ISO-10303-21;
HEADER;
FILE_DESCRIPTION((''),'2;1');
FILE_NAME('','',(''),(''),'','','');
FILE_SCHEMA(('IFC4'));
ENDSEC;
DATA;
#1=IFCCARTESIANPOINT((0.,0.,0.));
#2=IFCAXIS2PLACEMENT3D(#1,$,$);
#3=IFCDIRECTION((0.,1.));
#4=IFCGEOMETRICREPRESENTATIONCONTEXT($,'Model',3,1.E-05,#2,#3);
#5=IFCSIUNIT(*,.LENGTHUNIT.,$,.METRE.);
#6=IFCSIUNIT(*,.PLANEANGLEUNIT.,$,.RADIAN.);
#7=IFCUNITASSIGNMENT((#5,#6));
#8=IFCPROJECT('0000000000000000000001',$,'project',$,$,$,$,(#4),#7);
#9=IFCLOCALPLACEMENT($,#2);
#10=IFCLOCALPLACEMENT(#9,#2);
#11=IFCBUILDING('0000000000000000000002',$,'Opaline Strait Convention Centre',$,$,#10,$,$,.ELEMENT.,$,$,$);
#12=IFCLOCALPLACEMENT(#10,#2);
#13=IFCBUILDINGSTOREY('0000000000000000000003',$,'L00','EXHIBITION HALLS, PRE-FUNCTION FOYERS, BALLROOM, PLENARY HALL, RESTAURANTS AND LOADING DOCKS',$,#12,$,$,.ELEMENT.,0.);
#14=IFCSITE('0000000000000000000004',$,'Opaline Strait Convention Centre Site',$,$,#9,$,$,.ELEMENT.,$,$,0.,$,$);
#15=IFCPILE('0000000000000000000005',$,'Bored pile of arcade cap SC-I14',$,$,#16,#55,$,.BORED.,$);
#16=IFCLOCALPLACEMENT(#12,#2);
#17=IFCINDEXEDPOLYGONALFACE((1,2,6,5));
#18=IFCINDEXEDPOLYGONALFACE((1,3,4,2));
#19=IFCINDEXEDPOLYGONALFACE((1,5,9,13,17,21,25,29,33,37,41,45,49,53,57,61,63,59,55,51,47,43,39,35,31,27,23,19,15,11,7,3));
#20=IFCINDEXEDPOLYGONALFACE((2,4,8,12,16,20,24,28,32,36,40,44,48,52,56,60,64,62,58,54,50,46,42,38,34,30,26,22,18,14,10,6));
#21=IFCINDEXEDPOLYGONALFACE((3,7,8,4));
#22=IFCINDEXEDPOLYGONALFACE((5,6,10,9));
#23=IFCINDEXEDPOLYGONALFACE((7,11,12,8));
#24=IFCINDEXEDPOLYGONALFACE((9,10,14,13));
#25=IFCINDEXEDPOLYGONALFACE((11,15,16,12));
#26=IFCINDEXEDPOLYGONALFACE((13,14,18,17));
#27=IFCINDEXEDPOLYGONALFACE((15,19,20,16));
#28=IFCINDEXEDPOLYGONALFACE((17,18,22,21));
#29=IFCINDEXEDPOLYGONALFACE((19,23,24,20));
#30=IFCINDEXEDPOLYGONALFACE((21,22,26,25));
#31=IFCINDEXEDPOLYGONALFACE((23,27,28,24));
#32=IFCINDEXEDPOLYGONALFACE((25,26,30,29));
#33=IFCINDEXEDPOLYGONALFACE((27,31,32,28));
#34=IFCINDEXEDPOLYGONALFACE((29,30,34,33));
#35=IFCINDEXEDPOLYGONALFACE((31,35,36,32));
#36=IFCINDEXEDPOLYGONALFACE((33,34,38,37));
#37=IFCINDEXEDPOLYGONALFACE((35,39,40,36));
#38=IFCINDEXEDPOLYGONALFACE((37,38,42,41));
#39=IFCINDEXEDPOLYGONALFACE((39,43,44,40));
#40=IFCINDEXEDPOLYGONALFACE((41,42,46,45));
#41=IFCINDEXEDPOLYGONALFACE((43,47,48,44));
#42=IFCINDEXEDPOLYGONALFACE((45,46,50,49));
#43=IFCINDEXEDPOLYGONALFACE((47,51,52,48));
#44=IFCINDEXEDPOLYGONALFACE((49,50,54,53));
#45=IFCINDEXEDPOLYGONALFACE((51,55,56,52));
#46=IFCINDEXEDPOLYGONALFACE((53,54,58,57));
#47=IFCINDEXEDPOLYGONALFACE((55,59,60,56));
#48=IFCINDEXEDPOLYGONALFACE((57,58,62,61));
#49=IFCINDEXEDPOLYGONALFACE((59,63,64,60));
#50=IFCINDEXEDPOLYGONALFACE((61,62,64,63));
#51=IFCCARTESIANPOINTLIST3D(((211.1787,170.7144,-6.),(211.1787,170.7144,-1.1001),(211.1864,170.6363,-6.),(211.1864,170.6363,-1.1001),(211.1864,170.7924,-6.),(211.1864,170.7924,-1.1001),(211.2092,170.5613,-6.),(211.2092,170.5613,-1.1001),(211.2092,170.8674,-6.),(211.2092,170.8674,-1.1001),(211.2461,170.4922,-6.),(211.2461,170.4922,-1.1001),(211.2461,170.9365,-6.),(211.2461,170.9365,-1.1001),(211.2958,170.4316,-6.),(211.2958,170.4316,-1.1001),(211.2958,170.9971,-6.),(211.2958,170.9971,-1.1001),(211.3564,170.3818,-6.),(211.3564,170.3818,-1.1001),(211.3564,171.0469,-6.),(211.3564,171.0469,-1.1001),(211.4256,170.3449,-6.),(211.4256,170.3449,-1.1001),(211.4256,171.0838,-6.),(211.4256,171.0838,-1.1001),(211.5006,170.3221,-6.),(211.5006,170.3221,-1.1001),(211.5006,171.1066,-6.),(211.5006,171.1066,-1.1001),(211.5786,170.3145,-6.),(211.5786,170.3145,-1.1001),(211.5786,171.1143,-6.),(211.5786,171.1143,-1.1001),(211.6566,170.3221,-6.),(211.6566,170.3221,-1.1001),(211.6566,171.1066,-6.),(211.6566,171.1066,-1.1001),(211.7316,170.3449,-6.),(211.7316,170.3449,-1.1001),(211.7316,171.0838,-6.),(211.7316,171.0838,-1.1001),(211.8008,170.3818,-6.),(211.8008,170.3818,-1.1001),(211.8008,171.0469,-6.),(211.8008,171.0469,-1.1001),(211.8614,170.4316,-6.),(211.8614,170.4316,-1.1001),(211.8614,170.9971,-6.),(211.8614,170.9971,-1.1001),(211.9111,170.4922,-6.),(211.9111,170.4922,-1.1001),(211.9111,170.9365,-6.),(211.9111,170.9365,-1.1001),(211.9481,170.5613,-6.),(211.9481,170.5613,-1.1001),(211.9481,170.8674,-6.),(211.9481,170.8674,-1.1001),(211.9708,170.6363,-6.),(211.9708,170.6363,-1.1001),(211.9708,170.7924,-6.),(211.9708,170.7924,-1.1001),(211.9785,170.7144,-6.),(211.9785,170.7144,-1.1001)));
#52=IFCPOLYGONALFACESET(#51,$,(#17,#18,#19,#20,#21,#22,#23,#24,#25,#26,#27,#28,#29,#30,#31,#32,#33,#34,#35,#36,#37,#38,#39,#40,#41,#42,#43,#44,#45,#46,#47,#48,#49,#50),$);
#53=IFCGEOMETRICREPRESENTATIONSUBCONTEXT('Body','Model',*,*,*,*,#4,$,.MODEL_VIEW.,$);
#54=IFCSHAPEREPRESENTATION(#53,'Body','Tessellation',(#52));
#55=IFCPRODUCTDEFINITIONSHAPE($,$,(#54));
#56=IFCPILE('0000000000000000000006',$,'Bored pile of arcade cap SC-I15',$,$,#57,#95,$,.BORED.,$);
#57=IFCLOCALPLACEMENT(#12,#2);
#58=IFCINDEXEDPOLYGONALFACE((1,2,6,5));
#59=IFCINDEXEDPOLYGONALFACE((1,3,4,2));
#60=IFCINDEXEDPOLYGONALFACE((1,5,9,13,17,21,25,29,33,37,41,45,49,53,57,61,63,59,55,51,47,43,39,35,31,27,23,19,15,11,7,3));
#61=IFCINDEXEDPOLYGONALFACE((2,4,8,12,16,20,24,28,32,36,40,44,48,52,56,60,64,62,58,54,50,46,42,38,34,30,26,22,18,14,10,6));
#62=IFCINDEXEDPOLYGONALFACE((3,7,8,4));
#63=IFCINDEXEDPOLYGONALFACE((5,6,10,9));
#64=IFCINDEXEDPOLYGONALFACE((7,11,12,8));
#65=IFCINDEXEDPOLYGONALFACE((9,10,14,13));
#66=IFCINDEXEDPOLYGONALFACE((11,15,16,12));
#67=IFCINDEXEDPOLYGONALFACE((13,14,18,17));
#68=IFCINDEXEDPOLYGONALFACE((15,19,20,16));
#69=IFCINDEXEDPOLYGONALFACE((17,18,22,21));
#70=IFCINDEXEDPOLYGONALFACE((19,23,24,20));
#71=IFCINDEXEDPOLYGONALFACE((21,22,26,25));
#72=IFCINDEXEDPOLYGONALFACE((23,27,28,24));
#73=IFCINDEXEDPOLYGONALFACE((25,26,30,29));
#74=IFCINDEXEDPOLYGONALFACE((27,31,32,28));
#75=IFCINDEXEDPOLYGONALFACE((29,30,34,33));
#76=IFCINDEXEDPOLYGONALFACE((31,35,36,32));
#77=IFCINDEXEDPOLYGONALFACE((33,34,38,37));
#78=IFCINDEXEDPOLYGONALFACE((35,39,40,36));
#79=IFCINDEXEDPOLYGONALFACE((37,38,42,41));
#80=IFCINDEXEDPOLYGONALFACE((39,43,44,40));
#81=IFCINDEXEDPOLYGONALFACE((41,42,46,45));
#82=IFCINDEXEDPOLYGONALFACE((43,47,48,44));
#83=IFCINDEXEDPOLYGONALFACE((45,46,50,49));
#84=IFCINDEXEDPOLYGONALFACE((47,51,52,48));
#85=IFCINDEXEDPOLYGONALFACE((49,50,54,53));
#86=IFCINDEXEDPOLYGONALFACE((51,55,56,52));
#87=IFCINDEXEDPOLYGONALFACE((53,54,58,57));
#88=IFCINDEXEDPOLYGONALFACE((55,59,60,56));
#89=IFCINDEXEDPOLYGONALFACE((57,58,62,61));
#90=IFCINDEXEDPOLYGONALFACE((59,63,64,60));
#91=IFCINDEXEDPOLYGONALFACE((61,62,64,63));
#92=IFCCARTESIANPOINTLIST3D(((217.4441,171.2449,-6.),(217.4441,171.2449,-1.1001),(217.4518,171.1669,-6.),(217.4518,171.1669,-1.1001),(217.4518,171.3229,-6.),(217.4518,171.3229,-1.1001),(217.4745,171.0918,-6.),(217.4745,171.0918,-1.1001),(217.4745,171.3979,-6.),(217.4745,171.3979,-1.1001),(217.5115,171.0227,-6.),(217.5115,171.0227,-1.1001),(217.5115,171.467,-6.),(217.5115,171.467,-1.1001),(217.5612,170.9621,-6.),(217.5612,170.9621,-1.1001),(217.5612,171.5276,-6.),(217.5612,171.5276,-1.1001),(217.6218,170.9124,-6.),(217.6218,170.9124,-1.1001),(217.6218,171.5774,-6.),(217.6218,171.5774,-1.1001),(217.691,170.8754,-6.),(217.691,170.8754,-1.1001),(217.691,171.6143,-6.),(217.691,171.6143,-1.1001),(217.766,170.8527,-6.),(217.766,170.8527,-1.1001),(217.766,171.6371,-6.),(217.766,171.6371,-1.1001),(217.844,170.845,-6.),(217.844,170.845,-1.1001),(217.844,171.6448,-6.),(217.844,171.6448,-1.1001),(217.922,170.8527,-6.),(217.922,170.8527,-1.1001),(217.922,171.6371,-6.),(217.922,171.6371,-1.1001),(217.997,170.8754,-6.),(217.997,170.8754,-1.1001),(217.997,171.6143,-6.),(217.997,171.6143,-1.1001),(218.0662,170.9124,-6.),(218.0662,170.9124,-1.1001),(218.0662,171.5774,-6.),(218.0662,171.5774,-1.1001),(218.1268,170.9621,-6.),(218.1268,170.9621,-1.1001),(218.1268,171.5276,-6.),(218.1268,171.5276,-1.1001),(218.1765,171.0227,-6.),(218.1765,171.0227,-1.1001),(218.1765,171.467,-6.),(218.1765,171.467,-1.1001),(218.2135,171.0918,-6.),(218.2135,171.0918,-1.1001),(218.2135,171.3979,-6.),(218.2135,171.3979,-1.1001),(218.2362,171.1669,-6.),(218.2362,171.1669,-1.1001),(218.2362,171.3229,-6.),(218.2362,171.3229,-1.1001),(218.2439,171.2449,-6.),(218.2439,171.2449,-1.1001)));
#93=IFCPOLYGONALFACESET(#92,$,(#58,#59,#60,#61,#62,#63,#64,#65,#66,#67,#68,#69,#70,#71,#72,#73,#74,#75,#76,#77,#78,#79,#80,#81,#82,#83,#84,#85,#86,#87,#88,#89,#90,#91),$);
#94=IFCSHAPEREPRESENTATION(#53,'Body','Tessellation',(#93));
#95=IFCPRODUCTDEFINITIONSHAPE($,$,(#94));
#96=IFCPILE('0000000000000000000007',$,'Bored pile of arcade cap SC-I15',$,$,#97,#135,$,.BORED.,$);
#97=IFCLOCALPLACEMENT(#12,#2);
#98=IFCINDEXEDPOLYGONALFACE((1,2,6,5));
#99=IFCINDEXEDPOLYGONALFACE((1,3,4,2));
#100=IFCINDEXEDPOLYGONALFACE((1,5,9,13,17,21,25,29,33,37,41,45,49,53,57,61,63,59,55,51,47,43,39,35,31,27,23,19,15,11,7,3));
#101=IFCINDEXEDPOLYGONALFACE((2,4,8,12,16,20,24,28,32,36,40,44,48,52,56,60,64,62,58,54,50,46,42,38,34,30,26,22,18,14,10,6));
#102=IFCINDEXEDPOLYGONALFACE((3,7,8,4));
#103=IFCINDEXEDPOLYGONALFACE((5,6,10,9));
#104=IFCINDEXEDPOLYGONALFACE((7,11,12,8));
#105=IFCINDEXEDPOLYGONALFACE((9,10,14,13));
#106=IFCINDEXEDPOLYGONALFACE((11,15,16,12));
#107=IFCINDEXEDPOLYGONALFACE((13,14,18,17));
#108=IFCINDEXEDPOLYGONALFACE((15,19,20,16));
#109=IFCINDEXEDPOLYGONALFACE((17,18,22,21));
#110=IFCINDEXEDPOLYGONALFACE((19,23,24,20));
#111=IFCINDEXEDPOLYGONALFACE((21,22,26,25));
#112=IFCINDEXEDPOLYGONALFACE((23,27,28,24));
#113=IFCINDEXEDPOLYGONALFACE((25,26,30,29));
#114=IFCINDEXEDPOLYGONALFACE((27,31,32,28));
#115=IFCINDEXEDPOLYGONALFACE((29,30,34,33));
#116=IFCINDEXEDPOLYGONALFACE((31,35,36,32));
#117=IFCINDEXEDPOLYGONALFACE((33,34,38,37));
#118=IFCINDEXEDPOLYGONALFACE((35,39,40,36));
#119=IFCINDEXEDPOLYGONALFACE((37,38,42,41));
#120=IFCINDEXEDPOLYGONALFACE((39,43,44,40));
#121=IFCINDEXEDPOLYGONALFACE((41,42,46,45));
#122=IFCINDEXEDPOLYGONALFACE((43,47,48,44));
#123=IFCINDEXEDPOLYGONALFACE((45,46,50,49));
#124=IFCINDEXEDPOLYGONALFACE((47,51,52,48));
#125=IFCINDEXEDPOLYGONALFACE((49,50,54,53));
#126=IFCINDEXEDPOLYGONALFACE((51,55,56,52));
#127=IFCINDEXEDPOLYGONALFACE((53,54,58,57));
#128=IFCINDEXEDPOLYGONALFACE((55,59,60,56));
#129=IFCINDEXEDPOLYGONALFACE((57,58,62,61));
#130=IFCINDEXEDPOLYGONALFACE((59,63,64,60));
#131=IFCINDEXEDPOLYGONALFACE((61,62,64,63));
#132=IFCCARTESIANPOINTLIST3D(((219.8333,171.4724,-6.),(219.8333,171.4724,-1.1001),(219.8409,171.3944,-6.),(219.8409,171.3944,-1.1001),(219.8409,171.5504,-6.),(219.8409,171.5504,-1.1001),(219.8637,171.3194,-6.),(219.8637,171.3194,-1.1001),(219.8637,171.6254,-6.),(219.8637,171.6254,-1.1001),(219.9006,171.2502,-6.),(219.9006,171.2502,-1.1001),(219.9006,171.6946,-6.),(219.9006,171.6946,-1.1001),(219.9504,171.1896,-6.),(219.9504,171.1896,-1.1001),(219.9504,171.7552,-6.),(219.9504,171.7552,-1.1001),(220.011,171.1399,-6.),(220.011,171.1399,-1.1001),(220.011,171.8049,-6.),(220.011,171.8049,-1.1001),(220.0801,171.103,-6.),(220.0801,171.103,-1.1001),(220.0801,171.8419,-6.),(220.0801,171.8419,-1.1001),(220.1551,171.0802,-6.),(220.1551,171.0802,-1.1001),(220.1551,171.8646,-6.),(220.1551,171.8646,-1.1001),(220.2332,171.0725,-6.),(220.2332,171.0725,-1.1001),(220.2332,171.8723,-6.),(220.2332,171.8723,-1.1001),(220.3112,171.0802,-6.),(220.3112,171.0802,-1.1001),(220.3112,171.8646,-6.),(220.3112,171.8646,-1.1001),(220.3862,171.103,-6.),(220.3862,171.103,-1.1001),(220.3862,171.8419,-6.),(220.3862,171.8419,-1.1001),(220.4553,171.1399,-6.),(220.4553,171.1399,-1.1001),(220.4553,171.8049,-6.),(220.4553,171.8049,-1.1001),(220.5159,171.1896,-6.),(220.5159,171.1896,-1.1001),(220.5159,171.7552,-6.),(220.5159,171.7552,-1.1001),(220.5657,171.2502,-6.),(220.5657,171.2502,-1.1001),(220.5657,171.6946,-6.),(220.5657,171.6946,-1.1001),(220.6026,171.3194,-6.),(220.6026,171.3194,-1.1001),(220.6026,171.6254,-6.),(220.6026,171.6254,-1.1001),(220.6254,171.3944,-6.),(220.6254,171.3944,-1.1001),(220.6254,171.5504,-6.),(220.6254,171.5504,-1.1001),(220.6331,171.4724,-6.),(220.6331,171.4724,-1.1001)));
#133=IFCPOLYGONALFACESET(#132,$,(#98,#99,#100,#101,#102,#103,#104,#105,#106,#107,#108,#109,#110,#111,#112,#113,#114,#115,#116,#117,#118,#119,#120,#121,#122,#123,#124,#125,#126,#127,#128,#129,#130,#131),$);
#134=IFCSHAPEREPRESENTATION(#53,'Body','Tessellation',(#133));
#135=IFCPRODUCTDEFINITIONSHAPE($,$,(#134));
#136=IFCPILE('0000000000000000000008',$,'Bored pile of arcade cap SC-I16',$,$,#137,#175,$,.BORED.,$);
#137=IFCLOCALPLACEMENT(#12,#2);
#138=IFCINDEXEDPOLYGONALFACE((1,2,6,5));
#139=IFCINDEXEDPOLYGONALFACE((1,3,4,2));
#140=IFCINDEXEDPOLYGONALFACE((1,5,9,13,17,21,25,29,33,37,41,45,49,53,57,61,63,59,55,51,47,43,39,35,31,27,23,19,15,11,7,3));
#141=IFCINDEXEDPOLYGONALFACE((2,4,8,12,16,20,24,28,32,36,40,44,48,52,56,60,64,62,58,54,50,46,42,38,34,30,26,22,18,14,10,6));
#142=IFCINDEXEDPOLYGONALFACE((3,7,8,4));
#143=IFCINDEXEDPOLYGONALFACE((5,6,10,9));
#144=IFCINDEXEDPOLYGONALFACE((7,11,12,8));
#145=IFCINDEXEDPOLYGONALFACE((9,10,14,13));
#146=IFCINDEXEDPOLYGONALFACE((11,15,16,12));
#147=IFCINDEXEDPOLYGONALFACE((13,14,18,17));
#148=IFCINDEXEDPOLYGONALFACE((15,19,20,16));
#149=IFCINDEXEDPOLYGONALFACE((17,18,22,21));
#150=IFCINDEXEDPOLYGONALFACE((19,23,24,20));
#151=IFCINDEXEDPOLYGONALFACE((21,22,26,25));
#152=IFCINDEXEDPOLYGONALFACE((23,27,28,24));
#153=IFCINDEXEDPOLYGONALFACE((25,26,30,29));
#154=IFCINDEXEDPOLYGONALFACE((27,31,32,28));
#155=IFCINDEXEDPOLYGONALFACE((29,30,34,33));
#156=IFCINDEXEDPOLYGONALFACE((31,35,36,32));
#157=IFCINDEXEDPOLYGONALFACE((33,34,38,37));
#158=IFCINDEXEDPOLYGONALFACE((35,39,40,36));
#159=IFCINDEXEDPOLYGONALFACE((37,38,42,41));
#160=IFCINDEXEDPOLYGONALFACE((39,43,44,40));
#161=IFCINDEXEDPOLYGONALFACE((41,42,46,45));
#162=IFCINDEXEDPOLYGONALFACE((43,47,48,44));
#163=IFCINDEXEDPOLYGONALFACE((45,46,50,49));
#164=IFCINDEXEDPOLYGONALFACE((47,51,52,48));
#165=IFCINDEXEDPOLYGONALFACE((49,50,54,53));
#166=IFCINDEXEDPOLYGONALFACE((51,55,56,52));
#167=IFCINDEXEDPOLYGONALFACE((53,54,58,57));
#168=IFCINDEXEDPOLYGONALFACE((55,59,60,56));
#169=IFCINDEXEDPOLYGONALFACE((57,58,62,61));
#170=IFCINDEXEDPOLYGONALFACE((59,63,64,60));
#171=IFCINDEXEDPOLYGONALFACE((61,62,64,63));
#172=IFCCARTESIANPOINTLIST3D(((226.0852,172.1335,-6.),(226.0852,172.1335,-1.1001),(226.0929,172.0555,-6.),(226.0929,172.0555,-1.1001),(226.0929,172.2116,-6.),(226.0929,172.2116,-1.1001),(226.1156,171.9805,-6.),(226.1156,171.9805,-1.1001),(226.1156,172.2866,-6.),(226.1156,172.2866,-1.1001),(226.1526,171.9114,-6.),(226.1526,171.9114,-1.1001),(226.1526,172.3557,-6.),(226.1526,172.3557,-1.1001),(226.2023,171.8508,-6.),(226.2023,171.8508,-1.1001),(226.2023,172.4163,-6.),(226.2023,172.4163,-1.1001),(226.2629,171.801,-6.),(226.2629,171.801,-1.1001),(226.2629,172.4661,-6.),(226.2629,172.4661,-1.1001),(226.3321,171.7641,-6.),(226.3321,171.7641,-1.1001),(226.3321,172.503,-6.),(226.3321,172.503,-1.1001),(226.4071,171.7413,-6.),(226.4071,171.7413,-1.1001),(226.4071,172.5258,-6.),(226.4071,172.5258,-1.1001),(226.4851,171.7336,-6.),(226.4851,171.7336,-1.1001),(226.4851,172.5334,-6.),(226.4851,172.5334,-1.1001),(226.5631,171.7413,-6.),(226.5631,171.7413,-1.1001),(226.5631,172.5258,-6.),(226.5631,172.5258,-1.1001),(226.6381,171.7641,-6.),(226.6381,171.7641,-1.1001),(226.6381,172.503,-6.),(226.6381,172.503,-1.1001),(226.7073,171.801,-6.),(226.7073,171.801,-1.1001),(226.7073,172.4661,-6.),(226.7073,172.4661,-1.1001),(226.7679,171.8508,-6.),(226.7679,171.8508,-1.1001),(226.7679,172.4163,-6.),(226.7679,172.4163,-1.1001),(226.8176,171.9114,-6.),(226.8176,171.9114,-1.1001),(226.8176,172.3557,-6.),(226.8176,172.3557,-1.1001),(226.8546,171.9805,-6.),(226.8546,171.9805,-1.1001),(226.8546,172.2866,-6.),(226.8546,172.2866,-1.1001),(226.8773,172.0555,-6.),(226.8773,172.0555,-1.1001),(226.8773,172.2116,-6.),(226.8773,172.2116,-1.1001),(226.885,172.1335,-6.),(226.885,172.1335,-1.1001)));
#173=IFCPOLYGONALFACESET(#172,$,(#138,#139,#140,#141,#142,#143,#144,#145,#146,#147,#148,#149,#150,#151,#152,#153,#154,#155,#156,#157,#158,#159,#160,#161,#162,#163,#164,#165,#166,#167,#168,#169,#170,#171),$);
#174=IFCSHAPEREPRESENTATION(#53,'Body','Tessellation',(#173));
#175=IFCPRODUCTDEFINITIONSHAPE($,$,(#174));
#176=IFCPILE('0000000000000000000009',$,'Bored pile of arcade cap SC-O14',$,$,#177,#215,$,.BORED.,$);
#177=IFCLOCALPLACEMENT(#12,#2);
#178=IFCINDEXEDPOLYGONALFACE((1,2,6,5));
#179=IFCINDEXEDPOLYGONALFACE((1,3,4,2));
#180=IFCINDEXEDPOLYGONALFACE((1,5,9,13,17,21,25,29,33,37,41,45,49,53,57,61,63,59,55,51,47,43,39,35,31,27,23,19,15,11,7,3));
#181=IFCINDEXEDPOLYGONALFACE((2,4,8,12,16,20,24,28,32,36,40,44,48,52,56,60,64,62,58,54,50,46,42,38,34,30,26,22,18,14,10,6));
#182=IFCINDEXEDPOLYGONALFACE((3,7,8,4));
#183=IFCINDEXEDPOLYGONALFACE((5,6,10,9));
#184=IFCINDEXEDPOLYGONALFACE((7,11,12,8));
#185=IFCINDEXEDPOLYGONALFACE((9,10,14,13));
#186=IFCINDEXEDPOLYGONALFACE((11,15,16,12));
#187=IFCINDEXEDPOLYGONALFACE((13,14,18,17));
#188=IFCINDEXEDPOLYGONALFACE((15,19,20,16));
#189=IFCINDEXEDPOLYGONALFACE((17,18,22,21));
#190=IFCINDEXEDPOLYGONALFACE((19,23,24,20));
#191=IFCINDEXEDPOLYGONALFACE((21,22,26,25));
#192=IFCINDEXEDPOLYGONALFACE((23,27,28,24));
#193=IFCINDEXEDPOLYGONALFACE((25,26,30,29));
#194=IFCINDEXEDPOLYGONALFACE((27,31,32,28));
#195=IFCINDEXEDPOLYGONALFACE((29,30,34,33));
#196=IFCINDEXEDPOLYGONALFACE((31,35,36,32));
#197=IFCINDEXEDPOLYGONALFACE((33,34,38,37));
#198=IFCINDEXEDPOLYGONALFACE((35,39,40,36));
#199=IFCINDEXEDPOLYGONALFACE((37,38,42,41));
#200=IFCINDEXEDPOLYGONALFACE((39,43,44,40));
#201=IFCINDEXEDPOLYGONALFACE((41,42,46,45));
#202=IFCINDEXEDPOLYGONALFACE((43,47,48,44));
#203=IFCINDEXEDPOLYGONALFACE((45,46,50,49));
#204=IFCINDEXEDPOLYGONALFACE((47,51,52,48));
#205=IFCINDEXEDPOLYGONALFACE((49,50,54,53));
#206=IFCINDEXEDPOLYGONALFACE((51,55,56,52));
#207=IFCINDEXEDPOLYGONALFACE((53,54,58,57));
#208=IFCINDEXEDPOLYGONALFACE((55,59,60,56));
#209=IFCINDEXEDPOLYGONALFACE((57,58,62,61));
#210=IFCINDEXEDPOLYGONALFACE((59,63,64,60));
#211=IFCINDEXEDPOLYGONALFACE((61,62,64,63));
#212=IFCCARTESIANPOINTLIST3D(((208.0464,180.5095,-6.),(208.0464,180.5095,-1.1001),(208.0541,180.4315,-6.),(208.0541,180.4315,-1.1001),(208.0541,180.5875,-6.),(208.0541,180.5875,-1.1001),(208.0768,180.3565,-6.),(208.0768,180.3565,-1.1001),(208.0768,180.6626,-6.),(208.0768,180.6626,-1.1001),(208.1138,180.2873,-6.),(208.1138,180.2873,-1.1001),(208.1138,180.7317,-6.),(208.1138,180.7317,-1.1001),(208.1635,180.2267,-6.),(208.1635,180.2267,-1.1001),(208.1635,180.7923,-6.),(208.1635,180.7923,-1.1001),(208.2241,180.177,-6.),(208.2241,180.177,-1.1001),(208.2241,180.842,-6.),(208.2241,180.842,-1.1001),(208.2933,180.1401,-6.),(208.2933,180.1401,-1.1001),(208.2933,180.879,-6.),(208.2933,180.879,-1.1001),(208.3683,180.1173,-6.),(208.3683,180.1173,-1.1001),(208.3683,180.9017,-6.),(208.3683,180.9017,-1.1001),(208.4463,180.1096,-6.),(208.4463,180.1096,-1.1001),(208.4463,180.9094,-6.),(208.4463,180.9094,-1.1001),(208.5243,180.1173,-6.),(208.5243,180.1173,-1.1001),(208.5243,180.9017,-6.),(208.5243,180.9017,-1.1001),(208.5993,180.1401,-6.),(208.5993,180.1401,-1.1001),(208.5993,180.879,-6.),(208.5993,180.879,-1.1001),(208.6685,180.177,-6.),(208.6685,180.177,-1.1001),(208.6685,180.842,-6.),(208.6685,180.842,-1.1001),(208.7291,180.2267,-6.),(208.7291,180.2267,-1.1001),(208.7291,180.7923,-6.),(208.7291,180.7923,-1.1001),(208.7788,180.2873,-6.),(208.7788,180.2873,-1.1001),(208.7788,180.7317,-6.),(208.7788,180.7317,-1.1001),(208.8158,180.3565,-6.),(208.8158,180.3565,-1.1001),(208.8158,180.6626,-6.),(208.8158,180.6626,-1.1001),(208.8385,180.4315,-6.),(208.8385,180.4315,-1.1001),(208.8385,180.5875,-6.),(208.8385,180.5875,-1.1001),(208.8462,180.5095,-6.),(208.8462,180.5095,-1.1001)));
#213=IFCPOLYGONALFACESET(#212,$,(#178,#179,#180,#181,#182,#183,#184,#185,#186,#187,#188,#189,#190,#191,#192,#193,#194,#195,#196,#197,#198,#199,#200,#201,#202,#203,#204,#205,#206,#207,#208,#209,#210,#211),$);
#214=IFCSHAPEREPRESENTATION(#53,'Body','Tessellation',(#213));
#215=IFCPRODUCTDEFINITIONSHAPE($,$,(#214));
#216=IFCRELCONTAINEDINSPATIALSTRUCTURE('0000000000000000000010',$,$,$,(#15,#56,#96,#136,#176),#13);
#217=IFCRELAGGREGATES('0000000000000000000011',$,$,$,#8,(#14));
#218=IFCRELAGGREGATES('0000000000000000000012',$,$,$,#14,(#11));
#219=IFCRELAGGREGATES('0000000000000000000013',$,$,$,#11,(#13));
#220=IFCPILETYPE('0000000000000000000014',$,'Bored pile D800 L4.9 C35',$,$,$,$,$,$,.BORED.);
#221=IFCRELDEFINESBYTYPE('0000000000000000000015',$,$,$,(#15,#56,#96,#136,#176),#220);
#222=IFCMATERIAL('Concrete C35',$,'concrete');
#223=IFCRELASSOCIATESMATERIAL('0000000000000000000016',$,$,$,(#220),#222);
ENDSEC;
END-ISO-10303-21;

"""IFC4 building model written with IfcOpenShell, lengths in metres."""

from ifc_helpers import new_model, si_unit, direction, frame, origin, origin_2d, place, context, subcontext, project, spatial, circle, extrude, material, material_profile, profile_set, type_object, element, save


model = new_model("IFC4")

# Units and contexts
model_context = context("Model", 3, precision=1e-05, world=origin(), true_north=direction((0.0, 1.0)))
body_context = subcontext(model_context, "Body", "Model", "MODEL_VIEW")
ifc_project = project(units=[si_unit("LENGTHUNIT", "METRE"), si_unit("PLANEANGLEUNIT", "RADIAN")], contexts=[model_context])

# Site, building, storey
site_placement = place(None, origin())
site = spatial("IfcSite", under=ifc_project, at=site_placement, Name="Opaline Strait Convention Centre Site", CompositionType="ELEMENT", RefElevation=0.0)
building_placement = place(site_placement, origin())
building = spatial("IfcBuilding", under=site, at=building_placement, Name="Opaline Strait Convention Centre", CompositionType="ELEMENT")
storey_placement = place(building_placement, origin())
storey = spatial("IfcBuildingStorey", under=building, at=storey_placement, Name="L00", Description="EXHIBITION HALLS, PRE-FUNCTION FOYERS, BALLROOM, PLENARY HALL, RESTAURANTS AND LOADING DOCKS", CompositionType="ELEMENT", Elevation=0.0)

# Piles
ifc_material_1 = material(Name="Concrete C35", Category="concrete")
ifc_material_profile_1 = material_profile(ifc_material_1, circle(Radius=0.3999, at=origin_2d()), Name="D800")
ifc_profile_set_1 = profile_set([ifc_material_profile_1], Name="Concrete C35")
pile_type_1 = type_object("IfcPileType", Name="Bored pile D800 L4.9 C35", PredefinedType="BORED", material=ifc_profile_set_1)
for number, where, z_axis, x_axis, name in (
    (1, (211.5786, 170.7144, -1.1001), (0.0, 0.0, -1.0), (1.0, 0.0, 0.0), "Bored pile of arcade cap SC-I14"),
    (2, (217.844, 171.2449, -1.1001), (0.0, 0.0, -1.0), (1.0, 0.0, 0.0), "Bored pile of arcade cap SC-I15"),
    (3, (220.2332, 171.4724, -1.1001), (0.0, 0.0, -1.0), (1.0, 0.0, 0.0), "Bored pile of arcade cap SC-I15"),
    (4, (226.4851, 172.1335, -1.1001), (0.0, 0.0, -1.0), (1.0, 0.0, 0.0), "Bored pile of arcade cap SC-I16"),
    (5, (208.4463, 180.5095, -1.1001), (0.0, 0.0, -1.0), (1.0, 0.0, 0.0), "Bored pile of arcade cap SC-O14"),
):
    element("IfcPile", number, at=place(storey_placement, frame(where, z_axis=z_axis, x_axis=x_axis)), inside=storey, type_object=pile_type_1, Name=name, PredefinedType="BORED", context=body_context, shape_type="SweptSolid", body=[
        extrude(circle(Radius=0.3999, at=origin_2d()), origin(), (0.0, 0.0, 1.0), 4.8999),
    ])

save(model, "model.ifc")
